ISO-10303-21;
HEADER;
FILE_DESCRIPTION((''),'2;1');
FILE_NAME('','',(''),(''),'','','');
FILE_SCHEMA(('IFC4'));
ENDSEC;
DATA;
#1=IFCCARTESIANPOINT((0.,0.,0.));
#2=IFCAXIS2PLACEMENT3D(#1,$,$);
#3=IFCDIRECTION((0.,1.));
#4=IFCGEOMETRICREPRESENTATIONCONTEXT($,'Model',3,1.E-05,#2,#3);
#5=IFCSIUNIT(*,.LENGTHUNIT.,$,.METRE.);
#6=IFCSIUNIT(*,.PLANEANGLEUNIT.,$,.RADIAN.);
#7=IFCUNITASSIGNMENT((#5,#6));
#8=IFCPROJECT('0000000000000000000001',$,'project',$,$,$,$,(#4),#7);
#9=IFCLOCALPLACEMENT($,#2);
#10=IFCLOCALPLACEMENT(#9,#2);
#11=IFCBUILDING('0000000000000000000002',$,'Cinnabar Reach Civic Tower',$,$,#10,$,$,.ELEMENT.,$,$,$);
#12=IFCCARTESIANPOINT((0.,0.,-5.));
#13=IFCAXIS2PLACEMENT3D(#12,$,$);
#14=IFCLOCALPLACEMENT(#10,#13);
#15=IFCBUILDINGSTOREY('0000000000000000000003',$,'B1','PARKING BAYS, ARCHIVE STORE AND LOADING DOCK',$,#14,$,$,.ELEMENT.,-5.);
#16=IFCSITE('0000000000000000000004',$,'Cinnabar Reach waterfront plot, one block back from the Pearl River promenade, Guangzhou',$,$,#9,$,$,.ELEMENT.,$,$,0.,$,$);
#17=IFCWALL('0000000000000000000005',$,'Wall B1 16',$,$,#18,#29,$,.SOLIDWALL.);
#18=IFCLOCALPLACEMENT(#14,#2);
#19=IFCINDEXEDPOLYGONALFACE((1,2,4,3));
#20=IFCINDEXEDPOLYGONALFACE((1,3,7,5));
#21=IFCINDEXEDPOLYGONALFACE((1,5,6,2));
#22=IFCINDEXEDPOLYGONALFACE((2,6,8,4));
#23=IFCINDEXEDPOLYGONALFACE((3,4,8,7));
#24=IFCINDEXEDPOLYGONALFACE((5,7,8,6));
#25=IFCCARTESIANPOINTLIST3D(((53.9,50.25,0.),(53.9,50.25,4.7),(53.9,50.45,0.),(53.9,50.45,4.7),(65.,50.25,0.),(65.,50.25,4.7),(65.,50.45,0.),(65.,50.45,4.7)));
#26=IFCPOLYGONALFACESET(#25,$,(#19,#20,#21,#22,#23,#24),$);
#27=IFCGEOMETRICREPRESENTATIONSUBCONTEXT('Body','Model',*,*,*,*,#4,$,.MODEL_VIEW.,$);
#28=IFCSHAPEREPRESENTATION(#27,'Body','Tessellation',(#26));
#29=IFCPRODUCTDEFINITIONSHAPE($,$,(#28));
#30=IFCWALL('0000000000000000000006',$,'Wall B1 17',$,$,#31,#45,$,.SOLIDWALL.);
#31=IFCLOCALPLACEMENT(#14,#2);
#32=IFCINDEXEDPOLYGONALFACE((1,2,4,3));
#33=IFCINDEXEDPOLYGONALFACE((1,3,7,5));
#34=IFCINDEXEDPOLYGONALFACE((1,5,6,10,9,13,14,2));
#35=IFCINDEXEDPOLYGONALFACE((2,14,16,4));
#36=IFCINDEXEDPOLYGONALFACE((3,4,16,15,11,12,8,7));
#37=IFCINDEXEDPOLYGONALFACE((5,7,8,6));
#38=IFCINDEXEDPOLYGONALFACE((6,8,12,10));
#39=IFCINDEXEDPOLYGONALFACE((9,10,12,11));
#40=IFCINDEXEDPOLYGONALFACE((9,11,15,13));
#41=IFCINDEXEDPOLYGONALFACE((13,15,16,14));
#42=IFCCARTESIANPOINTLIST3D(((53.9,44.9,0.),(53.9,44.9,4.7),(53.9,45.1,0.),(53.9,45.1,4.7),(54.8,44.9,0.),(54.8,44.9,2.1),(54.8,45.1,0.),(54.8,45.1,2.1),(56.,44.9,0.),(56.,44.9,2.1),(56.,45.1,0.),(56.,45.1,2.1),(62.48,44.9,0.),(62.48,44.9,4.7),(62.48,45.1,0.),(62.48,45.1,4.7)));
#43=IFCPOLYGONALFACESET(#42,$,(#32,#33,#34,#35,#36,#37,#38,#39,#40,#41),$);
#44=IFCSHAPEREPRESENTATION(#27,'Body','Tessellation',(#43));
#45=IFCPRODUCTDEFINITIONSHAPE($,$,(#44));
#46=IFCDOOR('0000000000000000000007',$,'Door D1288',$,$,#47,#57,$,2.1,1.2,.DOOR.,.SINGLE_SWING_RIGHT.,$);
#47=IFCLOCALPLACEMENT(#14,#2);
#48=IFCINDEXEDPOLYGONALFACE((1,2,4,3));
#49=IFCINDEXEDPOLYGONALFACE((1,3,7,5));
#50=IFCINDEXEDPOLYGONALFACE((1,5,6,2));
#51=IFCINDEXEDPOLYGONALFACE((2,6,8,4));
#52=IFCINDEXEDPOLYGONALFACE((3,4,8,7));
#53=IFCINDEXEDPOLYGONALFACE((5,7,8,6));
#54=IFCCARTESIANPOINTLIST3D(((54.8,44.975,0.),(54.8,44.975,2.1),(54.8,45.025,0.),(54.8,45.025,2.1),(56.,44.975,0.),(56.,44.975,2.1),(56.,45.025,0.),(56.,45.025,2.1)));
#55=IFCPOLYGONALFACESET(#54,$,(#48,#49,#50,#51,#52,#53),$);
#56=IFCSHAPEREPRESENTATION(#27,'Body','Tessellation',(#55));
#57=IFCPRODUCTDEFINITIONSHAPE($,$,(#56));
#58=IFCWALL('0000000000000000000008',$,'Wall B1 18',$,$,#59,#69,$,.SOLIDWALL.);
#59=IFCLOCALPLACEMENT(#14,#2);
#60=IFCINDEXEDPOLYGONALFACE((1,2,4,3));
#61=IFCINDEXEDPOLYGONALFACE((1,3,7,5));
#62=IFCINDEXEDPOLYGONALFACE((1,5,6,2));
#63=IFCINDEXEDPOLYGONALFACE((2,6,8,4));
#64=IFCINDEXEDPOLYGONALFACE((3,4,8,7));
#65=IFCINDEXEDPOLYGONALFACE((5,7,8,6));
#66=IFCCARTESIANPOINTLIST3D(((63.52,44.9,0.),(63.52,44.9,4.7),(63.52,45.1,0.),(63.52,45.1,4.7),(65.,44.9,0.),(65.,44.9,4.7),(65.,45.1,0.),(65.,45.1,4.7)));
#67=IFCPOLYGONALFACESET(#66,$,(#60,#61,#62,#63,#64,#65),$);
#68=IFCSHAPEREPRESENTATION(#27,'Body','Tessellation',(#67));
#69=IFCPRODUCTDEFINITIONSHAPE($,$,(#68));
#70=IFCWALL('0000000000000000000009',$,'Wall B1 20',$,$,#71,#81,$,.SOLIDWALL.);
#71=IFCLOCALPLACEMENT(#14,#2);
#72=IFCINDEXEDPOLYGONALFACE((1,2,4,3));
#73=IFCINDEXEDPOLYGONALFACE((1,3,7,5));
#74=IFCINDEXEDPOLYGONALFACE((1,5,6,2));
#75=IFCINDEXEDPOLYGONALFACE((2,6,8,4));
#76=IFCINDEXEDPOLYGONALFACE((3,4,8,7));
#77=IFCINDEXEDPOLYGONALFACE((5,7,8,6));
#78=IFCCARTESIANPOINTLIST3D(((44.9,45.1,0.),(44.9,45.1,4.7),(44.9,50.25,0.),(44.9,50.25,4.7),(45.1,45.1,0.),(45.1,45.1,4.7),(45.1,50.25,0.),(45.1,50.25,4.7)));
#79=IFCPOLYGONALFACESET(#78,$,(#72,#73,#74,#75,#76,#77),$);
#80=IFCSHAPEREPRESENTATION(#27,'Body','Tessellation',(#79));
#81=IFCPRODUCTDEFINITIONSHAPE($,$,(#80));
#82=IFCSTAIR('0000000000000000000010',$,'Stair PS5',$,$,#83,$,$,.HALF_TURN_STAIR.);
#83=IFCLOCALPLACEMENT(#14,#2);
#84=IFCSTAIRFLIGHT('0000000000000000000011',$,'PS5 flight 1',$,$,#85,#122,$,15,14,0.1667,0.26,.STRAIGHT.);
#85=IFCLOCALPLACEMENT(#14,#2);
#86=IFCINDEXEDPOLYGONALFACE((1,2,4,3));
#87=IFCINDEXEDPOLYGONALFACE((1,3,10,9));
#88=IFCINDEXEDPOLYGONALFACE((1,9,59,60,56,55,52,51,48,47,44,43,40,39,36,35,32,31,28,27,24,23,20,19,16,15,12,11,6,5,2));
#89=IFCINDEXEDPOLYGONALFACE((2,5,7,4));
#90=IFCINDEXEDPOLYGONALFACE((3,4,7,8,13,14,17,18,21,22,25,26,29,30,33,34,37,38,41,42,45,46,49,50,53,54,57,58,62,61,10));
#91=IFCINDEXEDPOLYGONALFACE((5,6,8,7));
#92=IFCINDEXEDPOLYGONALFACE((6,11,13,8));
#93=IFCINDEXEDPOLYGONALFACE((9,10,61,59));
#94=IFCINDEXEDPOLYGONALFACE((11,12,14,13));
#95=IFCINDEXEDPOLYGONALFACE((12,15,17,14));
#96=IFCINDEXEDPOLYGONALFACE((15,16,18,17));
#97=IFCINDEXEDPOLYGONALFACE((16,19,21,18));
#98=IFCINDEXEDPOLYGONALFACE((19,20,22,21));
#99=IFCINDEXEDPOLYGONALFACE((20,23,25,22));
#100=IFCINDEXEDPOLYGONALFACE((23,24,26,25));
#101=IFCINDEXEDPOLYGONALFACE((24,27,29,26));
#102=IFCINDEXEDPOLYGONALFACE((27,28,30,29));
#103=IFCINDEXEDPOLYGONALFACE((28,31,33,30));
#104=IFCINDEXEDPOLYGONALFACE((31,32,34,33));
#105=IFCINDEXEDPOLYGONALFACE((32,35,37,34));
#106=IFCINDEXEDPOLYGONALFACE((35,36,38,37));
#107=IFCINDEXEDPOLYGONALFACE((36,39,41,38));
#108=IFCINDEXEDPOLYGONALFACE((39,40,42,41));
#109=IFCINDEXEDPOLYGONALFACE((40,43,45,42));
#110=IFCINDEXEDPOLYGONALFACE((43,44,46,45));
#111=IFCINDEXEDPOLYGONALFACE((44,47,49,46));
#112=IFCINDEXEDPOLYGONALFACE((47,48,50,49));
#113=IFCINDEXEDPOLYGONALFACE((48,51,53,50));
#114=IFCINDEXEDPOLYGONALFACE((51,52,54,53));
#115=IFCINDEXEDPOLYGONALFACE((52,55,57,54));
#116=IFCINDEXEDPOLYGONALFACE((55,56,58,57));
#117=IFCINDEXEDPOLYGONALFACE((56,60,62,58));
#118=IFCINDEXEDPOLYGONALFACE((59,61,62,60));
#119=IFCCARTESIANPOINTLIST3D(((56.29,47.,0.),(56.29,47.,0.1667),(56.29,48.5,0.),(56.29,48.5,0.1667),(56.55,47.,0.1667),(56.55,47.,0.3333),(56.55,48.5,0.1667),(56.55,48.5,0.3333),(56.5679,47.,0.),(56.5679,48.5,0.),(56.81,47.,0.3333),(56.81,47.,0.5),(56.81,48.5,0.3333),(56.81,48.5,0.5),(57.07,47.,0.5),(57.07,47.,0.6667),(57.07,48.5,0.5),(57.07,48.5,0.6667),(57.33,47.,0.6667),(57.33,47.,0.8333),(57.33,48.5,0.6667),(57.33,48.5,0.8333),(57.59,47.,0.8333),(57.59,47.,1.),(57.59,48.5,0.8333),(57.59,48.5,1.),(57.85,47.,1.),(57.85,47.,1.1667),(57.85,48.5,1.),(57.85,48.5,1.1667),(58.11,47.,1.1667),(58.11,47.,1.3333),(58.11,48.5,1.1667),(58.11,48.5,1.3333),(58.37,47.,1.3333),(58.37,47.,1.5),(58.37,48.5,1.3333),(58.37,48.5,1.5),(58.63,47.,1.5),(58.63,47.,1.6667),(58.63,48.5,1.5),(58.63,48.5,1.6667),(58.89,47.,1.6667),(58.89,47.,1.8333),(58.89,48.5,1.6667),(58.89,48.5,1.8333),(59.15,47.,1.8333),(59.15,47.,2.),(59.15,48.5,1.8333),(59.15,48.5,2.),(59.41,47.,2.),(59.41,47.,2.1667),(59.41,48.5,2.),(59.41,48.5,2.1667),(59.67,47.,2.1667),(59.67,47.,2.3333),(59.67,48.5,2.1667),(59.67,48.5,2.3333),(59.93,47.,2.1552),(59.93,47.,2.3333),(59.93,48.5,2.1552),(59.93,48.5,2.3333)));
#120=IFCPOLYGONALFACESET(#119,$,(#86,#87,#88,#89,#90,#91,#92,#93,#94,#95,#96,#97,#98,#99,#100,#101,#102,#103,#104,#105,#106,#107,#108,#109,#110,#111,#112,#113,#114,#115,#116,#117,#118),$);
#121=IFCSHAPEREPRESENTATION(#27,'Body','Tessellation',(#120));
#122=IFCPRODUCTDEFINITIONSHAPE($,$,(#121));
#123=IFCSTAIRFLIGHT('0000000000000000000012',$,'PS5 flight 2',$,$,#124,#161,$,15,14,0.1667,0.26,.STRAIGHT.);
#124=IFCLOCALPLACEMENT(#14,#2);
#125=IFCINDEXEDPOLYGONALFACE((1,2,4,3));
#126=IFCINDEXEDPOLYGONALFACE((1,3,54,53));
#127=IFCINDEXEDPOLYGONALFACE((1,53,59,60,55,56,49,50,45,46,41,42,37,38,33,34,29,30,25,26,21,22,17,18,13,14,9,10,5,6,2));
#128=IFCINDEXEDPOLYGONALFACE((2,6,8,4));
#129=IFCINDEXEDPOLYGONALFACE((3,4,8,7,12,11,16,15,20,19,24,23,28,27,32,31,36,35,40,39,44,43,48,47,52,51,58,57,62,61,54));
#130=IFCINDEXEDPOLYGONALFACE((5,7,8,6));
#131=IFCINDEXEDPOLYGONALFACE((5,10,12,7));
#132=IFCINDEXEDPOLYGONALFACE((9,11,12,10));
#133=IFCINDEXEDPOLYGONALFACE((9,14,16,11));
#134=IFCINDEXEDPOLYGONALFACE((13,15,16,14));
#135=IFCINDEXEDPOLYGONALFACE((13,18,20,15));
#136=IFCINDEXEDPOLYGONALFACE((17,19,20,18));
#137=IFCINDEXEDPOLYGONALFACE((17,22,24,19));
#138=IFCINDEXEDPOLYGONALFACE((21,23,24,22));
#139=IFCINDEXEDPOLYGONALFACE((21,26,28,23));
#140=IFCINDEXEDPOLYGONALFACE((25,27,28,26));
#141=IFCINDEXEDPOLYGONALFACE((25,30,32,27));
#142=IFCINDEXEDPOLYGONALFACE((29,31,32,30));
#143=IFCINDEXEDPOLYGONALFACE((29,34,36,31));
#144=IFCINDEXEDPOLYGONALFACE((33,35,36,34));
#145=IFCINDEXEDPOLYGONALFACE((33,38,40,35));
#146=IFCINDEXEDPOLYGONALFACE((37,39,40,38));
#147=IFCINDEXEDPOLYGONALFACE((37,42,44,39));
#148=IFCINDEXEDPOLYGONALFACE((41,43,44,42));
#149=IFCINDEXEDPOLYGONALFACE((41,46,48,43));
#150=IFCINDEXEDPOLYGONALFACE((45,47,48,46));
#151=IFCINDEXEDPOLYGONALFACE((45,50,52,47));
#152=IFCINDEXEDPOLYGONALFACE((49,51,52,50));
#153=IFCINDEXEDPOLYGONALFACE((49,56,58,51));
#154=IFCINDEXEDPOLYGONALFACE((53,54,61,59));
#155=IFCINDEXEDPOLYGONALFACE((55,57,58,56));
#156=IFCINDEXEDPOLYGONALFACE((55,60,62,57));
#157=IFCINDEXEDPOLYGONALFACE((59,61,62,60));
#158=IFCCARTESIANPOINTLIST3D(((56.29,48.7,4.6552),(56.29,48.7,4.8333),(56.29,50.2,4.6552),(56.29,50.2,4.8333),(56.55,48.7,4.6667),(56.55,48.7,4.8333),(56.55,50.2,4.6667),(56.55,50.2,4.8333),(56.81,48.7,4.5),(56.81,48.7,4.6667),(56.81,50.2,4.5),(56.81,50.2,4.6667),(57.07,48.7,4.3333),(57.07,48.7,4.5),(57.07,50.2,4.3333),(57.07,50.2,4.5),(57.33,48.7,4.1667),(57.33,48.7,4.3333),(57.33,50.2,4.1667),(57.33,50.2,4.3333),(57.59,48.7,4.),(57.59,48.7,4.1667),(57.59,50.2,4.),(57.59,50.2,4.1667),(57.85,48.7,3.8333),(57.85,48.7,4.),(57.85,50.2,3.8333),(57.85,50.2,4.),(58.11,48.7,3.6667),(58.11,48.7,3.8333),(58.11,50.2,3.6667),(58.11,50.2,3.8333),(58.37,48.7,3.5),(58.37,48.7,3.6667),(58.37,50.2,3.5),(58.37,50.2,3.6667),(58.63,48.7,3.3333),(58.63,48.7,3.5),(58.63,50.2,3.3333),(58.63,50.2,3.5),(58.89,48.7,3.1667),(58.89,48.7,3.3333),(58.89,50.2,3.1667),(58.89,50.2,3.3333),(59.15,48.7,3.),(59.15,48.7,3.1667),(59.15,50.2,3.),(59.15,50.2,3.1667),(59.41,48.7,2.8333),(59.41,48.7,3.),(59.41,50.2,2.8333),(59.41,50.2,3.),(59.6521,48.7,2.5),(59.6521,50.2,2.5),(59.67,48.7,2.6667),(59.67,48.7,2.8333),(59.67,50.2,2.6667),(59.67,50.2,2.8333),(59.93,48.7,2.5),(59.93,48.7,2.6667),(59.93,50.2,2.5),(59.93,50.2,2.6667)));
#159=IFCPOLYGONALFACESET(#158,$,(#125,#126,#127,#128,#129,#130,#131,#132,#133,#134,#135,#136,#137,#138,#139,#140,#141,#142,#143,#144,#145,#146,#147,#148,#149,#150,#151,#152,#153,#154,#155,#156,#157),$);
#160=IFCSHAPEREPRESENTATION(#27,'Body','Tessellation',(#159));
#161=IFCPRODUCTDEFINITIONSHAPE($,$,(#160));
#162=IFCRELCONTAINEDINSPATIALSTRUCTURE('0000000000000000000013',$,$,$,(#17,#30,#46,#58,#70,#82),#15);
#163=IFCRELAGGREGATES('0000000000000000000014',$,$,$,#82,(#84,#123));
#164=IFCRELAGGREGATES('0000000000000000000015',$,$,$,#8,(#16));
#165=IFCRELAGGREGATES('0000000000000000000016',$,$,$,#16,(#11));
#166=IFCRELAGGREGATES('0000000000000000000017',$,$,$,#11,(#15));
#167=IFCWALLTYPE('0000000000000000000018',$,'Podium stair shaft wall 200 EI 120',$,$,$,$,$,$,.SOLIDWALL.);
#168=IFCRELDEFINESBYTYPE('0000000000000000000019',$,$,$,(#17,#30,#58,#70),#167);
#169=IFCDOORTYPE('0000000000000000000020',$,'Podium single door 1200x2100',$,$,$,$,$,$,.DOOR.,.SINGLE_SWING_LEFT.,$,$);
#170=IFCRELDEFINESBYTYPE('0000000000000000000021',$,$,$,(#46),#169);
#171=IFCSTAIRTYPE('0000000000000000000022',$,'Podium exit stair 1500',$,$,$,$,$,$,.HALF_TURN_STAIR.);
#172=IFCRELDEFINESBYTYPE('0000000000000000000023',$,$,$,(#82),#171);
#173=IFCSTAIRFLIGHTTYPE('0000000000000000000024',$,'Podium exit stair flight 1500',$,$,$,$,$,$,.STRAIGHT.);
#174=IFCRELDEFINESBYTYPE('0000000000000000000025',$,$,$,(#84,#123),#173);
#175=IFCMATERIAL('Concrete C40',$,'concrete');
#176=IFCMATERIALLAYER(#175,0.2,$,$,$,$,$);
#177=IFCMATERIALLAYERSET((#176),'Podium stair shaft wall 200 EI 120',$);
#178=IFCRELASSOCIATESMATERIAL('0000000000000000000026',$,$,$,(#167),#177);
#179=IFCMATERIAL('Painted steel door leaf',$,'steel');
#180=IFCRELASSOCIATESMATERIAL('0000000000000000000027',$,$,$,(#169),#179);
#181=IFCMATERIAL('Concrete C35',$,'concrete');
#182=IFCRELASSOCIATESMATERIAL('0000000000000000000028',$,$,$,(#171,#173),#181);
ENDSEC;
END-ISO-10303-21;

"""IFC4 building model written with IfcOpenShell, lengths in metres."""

from ifc_helpers import new_model, si_unit, direction, frame, frame_2d, origin, place, context, subcontext, project, spatial, polyline, rectangle, outline, extrude, material, layer, layer_set, type_object, element, fill, aggregate, save


model = new_model("IFC4")

# Units and contexts
model_context = context("Model", 3, precision=1e-05, world=origin(), true_north=direction((0.0, 1.0)))
body_context = subcontext(model_context, "Body", "Model", "MODEL_VIEW")
ifc_project = project(units=[si_unit("LENGTHUNIT", "METRE"), si_unit("PLANEANGLEUNIT", "RADIAN")], contexts=[model_context])

# Site, building, storey
site_placement = place(None, origin())
site = spatial("IfcSite", under=ifc_project, at=site_placement, Name="Cinnabar Reach waterfront plot, one block back from the Pearl River promenade, Guangzhou", CompositionType="ELEMENT", RefElevation=0.0)
building_placement = place(site_placement, origin())
building = spatial("IfcBuilding", under=site, at=building_placement, Name="Cinnabar Reach Civic Tower", CompositionType="ELEMENT")
storey_placement = place(building_placement, frame((0.0, 0.0, -5.0)))
storey = spatial("IfcBuildingStorey", under=building, at=storey_placement, Name="B1", Description="PARKING BAYS, ARCHIVE STORE AND LOADING DOCK", CompositionType="ELEMENT", Elevation=-5.0)

# Wall
ifc_material_1 = material(Name="Concrete C40", Category="concrete")
ifc_layer_1 = layer(ifc_material_1, 0.2)
ifc_layer_set_1 = layer_set([ifc_layer_1], Name="Podium stair shaft wall 200 EI 120")
wall_type_1 = type_object("IfcWallType", Name="Podium stair shaft wall 200 EI 120", PredefinedType="SOLIDWALL", material=ifc_layer_set_1)
wall_1_placement = place(storey_placement, frame((53.9, 50.35, 0.0), z_axis=(0.0, 0.0, 1.0), x_axis=(1.0, 0.0, 0.0)))
element("IfcWall", 1, at=wall_1_placement, inside=storey, type_object=wall_type_1, Name="Wall B1 16", PredefinedType="SOLIDWALL", context=body_context, shape_type="SweptSolid", body=[
    extrude(rectangle(XDim=11.1, YDim=0.2, at=frame_2d((5.55, 0.0))), origin(), (0.0, 0.0, 1.0), 4.7),
])

# Wall, opening, door
wall_2_placement = place(storey_placement, frame((53.9, 45.0, 0.0), z_axis=(0.0, 0.0, 1.0), x_axis=(1.0, 0.0, 0.0)))
wall_2 = element("IfcWall", 2, at=wall_2_placement, inside=storey, type_object=wall_type_1, Name="Wall B1 17", PredefinedType="SOLIDWALL", context=body_context, shape_type="SweptSolid", body=[
    extrude(rectangle(XDim=8.58, YDim=0.2, at=frame_2d((4.29, 0.0))), origin(), (0.0, 0.0, 1.0), 4.7),
])
opening_placement = place(wall_2_placement, frame((0.9, 0.0, 0.0)))
opening = element("IfcOpeningElement", 3, at=opening_placement, cuts=wall_2, PredefinedType="OPENING", context=body_context, shape_type="SweptSolid", body=[
    extrude(rectangle(XDim=1.2, YDim=2.1, at=frame_2d((0.6, 1.05))), frame((0.0, 0.11, 0.0), z_axis=(0.0, -1.0, 0.0), x_axis=(1.0, 0.0, 0.0)), (0.0, 0.0, 1.0), 0.22),
])
ifc_material_2 = material(Name="Painted steel door leaf", Category="steel")
door_type = type_object("IfcDoorType", Name="Podium single door 1200x2100", OperationType="SINGLE_SWING_LEFT", PredefinedType="DOOR", material=ifc_material_2)
door_placement = place(opening_placement, origin())
door = element("IfcDoor", 4, at=door_placement, inside=storey, type_object=door_type, Name="Door D1288", OperationType="SINGLE_SWING_RIGHT", OverallHeight=2.1, OverallWidth=1.2, PredefinedType="DOOR", context=body_context, shape_type="SweptSolid", body=[
    extrude(rectangle(XDim=1.2, YDim=2.1, at=frame_2d((0.6, 1.05))), frame((0.0, 0.025, 0.0), z_axis=(0.0, -1.0, 0.0), x_axis=(1.0, 0.0, 0.0)), (0.0, 0.0, 1.0), 0.05),
])
fill(opening, door)

# Walls
wall_3_placement = place(storey_placement, frame((63.52, 45.0, 0.0), z_axis=(0.0, 0.0, 1.0), x_axis=(1.0, 0.0, 0.0)))
element("IfcWall", 5, at=wall_3_placement, inside=storey, type_object=wall_type_1, Name="Wall B1 18", PredefinedType="SOLIDWALL", context=body_context, shape_type="SweptSolid", body=[
    extrude(rectangle(XDim=1.48, YDim=0.2, at=frame_2d((0.74, 0.0))), origin(), (0.0, 0.0, 1.0), 4.7),
])
wall_4_placement = place(storey_placement, frame((45.0, 45.1, 0.0), z_axis=(0.0, 0.0, 1.0), x_axis=(0.0, 1.0, 0.0)))
element("IfcWall", 6, at=wall_4_placement, inside=storey, type_object=wall_type_1, Name="Wall B1 20", PredefinedType="SOLIDWALL", context=body_context, shape_type="SweptSolid", body=[
    extrude(rectangle(XDim=5.15, YDim=0.2, at=frame_2d((2.575, 0.0))), origin(), (0.0, 0.0, 1.0), 4.7),
])

# Stair, stair flights
ifc_material_3 = material(Name="Concrete C35", Category="concrete")
stair_type = type_object("IfcStairType", Name="Podium exit stair 1500", PredefinedType="HALF_TURN_STAIR", material=ifc_material_3)
stair_placement = place(storey_placement, origin())
stair = element("IfcStair", 7, at=stair_placement, inside=storey, type_object=stair_type, Name="Stair PS5", PredefinedType="HALF_TURN_STAIR")
stair_flight_type = type_object("IfcStairFlightType", Name="Podium exit stair flight 1500", PredefinedType="STRAIGHT", material=ifc_material_3)
stair_flight_1_placement = place(storey_placement, frame((56.29, 47.75, 0.0), z_axis=(0.0, 0.0, 1.0), x_axis=(1.0, 0.0, 0.0)))
stair_flight_1 = element("IfcStairFlight", 8, at=stair_flight_1_placement, type_object=stair_flight_type, Name="PS5 flight 1", NumberOfRisers=15, NumberOfTreads=14, PredefinedType="STRAIGHT", RiserHeight=0.1667, TreadLength=0.26, context=body_context, shape_type="SweptSolid", body=[
    extrude(outline(polyline([(0.0, 0.0), (0.0, 0.1667), (0.26, 0.1667), (0.26, 0.3333), (0.52, 0.3333), (0.52, 0.5), (0.78, 0.5), (0.78, 0.6667), (1.04, 0.6667), (1.04, 0.8333), (1.3, 0.8333), (1.3, 1.0), (1.56, 1.0), (1.56, 1.1667), (1.82, 1.1667), (1.82, 1.3333), (2.08, 1.3333), (2.08, 1.5), (2.34, 1.5), (2.34, 1.6667), (2.6, 1.6667), (2.6, 1.8333), (2.86, 1.8333), (2.86, 2.0), (3.12, 2.0), (3.12, 2.1667), (3.38, 2.1667), (3.38, 2.3333), (3.64, 2.3333), (3.64, 2.5), (3.64, 2.1552), (0.2779, 0.0), (0.0, 0.0)])), frame((0.0, 0.75, 0.0), z_axis=(0.0, -1.0, 0.0), x_axis=(1.0, 0.0, 0.0)), (0.0, 0.0, 1.0), 1.5),
])
stair_flight_2_placement = place(storey_placement, frame((59.93, 49.45, 2.5), z_axis=(0.0, 0.0, 1.0), x_axis=(-1.0, 0.0, 0.0)))
stair_flight_2 = element("IfcStairFlight", 9, at=stair_flight_2_placement, type_object=stair_flight_type, Name="PS5 flight 2", NumberOfRisers=15, NumberOfTreads=14, PredefinedType="STRAIGHT", RiserHeight=0.1667, TreadLength=0.26, context=body_context, shape_type="SweptSolid", body=[
    extrude(outline(polyline([(0.0, 0.0), (0.0, 0.1667), (0.26, 0.1667), (0.26, 0.3333), (0.52, 0.3333), (0.52, 0.5), (0.78, 0.5), (0.78, 0.6667), (1.04, 0.6667), (1.04, 0.8333), (1.3, 0.8333), (1.3, 1.0), (1.56, 1.0), (1.56, 1.1667), (1.82, 1.1667), (1.82, 1.3333), (2.08, 1.3333), (2.08, 1.5), (2.34, 1.5), (2.34, 1.6667), (2.6, 1.6667), (2.6, 1.8333), (2.86, 1.8333), (2.86, 2.0), (3.12, 2.0), (3.12, 2.1667), (3.38, 2.1667), (3.38, 2.3333), (3.64, 2.3333), (3.64, 2.5), (3.64, 2.1552), (0.2779, 0.0), (0.0, 0.0)])), frame((0.0, 0.75, 0.0), z_axis=(0.0, -1.0, 0.0), x_axis=(1.0, 0.0, 0.0)), (0.0, 0.0, 1.0), 1.5),
])
aggregate(stair, [stair_flight_1, stair_flight_2])

save(model, "model.ifc")
